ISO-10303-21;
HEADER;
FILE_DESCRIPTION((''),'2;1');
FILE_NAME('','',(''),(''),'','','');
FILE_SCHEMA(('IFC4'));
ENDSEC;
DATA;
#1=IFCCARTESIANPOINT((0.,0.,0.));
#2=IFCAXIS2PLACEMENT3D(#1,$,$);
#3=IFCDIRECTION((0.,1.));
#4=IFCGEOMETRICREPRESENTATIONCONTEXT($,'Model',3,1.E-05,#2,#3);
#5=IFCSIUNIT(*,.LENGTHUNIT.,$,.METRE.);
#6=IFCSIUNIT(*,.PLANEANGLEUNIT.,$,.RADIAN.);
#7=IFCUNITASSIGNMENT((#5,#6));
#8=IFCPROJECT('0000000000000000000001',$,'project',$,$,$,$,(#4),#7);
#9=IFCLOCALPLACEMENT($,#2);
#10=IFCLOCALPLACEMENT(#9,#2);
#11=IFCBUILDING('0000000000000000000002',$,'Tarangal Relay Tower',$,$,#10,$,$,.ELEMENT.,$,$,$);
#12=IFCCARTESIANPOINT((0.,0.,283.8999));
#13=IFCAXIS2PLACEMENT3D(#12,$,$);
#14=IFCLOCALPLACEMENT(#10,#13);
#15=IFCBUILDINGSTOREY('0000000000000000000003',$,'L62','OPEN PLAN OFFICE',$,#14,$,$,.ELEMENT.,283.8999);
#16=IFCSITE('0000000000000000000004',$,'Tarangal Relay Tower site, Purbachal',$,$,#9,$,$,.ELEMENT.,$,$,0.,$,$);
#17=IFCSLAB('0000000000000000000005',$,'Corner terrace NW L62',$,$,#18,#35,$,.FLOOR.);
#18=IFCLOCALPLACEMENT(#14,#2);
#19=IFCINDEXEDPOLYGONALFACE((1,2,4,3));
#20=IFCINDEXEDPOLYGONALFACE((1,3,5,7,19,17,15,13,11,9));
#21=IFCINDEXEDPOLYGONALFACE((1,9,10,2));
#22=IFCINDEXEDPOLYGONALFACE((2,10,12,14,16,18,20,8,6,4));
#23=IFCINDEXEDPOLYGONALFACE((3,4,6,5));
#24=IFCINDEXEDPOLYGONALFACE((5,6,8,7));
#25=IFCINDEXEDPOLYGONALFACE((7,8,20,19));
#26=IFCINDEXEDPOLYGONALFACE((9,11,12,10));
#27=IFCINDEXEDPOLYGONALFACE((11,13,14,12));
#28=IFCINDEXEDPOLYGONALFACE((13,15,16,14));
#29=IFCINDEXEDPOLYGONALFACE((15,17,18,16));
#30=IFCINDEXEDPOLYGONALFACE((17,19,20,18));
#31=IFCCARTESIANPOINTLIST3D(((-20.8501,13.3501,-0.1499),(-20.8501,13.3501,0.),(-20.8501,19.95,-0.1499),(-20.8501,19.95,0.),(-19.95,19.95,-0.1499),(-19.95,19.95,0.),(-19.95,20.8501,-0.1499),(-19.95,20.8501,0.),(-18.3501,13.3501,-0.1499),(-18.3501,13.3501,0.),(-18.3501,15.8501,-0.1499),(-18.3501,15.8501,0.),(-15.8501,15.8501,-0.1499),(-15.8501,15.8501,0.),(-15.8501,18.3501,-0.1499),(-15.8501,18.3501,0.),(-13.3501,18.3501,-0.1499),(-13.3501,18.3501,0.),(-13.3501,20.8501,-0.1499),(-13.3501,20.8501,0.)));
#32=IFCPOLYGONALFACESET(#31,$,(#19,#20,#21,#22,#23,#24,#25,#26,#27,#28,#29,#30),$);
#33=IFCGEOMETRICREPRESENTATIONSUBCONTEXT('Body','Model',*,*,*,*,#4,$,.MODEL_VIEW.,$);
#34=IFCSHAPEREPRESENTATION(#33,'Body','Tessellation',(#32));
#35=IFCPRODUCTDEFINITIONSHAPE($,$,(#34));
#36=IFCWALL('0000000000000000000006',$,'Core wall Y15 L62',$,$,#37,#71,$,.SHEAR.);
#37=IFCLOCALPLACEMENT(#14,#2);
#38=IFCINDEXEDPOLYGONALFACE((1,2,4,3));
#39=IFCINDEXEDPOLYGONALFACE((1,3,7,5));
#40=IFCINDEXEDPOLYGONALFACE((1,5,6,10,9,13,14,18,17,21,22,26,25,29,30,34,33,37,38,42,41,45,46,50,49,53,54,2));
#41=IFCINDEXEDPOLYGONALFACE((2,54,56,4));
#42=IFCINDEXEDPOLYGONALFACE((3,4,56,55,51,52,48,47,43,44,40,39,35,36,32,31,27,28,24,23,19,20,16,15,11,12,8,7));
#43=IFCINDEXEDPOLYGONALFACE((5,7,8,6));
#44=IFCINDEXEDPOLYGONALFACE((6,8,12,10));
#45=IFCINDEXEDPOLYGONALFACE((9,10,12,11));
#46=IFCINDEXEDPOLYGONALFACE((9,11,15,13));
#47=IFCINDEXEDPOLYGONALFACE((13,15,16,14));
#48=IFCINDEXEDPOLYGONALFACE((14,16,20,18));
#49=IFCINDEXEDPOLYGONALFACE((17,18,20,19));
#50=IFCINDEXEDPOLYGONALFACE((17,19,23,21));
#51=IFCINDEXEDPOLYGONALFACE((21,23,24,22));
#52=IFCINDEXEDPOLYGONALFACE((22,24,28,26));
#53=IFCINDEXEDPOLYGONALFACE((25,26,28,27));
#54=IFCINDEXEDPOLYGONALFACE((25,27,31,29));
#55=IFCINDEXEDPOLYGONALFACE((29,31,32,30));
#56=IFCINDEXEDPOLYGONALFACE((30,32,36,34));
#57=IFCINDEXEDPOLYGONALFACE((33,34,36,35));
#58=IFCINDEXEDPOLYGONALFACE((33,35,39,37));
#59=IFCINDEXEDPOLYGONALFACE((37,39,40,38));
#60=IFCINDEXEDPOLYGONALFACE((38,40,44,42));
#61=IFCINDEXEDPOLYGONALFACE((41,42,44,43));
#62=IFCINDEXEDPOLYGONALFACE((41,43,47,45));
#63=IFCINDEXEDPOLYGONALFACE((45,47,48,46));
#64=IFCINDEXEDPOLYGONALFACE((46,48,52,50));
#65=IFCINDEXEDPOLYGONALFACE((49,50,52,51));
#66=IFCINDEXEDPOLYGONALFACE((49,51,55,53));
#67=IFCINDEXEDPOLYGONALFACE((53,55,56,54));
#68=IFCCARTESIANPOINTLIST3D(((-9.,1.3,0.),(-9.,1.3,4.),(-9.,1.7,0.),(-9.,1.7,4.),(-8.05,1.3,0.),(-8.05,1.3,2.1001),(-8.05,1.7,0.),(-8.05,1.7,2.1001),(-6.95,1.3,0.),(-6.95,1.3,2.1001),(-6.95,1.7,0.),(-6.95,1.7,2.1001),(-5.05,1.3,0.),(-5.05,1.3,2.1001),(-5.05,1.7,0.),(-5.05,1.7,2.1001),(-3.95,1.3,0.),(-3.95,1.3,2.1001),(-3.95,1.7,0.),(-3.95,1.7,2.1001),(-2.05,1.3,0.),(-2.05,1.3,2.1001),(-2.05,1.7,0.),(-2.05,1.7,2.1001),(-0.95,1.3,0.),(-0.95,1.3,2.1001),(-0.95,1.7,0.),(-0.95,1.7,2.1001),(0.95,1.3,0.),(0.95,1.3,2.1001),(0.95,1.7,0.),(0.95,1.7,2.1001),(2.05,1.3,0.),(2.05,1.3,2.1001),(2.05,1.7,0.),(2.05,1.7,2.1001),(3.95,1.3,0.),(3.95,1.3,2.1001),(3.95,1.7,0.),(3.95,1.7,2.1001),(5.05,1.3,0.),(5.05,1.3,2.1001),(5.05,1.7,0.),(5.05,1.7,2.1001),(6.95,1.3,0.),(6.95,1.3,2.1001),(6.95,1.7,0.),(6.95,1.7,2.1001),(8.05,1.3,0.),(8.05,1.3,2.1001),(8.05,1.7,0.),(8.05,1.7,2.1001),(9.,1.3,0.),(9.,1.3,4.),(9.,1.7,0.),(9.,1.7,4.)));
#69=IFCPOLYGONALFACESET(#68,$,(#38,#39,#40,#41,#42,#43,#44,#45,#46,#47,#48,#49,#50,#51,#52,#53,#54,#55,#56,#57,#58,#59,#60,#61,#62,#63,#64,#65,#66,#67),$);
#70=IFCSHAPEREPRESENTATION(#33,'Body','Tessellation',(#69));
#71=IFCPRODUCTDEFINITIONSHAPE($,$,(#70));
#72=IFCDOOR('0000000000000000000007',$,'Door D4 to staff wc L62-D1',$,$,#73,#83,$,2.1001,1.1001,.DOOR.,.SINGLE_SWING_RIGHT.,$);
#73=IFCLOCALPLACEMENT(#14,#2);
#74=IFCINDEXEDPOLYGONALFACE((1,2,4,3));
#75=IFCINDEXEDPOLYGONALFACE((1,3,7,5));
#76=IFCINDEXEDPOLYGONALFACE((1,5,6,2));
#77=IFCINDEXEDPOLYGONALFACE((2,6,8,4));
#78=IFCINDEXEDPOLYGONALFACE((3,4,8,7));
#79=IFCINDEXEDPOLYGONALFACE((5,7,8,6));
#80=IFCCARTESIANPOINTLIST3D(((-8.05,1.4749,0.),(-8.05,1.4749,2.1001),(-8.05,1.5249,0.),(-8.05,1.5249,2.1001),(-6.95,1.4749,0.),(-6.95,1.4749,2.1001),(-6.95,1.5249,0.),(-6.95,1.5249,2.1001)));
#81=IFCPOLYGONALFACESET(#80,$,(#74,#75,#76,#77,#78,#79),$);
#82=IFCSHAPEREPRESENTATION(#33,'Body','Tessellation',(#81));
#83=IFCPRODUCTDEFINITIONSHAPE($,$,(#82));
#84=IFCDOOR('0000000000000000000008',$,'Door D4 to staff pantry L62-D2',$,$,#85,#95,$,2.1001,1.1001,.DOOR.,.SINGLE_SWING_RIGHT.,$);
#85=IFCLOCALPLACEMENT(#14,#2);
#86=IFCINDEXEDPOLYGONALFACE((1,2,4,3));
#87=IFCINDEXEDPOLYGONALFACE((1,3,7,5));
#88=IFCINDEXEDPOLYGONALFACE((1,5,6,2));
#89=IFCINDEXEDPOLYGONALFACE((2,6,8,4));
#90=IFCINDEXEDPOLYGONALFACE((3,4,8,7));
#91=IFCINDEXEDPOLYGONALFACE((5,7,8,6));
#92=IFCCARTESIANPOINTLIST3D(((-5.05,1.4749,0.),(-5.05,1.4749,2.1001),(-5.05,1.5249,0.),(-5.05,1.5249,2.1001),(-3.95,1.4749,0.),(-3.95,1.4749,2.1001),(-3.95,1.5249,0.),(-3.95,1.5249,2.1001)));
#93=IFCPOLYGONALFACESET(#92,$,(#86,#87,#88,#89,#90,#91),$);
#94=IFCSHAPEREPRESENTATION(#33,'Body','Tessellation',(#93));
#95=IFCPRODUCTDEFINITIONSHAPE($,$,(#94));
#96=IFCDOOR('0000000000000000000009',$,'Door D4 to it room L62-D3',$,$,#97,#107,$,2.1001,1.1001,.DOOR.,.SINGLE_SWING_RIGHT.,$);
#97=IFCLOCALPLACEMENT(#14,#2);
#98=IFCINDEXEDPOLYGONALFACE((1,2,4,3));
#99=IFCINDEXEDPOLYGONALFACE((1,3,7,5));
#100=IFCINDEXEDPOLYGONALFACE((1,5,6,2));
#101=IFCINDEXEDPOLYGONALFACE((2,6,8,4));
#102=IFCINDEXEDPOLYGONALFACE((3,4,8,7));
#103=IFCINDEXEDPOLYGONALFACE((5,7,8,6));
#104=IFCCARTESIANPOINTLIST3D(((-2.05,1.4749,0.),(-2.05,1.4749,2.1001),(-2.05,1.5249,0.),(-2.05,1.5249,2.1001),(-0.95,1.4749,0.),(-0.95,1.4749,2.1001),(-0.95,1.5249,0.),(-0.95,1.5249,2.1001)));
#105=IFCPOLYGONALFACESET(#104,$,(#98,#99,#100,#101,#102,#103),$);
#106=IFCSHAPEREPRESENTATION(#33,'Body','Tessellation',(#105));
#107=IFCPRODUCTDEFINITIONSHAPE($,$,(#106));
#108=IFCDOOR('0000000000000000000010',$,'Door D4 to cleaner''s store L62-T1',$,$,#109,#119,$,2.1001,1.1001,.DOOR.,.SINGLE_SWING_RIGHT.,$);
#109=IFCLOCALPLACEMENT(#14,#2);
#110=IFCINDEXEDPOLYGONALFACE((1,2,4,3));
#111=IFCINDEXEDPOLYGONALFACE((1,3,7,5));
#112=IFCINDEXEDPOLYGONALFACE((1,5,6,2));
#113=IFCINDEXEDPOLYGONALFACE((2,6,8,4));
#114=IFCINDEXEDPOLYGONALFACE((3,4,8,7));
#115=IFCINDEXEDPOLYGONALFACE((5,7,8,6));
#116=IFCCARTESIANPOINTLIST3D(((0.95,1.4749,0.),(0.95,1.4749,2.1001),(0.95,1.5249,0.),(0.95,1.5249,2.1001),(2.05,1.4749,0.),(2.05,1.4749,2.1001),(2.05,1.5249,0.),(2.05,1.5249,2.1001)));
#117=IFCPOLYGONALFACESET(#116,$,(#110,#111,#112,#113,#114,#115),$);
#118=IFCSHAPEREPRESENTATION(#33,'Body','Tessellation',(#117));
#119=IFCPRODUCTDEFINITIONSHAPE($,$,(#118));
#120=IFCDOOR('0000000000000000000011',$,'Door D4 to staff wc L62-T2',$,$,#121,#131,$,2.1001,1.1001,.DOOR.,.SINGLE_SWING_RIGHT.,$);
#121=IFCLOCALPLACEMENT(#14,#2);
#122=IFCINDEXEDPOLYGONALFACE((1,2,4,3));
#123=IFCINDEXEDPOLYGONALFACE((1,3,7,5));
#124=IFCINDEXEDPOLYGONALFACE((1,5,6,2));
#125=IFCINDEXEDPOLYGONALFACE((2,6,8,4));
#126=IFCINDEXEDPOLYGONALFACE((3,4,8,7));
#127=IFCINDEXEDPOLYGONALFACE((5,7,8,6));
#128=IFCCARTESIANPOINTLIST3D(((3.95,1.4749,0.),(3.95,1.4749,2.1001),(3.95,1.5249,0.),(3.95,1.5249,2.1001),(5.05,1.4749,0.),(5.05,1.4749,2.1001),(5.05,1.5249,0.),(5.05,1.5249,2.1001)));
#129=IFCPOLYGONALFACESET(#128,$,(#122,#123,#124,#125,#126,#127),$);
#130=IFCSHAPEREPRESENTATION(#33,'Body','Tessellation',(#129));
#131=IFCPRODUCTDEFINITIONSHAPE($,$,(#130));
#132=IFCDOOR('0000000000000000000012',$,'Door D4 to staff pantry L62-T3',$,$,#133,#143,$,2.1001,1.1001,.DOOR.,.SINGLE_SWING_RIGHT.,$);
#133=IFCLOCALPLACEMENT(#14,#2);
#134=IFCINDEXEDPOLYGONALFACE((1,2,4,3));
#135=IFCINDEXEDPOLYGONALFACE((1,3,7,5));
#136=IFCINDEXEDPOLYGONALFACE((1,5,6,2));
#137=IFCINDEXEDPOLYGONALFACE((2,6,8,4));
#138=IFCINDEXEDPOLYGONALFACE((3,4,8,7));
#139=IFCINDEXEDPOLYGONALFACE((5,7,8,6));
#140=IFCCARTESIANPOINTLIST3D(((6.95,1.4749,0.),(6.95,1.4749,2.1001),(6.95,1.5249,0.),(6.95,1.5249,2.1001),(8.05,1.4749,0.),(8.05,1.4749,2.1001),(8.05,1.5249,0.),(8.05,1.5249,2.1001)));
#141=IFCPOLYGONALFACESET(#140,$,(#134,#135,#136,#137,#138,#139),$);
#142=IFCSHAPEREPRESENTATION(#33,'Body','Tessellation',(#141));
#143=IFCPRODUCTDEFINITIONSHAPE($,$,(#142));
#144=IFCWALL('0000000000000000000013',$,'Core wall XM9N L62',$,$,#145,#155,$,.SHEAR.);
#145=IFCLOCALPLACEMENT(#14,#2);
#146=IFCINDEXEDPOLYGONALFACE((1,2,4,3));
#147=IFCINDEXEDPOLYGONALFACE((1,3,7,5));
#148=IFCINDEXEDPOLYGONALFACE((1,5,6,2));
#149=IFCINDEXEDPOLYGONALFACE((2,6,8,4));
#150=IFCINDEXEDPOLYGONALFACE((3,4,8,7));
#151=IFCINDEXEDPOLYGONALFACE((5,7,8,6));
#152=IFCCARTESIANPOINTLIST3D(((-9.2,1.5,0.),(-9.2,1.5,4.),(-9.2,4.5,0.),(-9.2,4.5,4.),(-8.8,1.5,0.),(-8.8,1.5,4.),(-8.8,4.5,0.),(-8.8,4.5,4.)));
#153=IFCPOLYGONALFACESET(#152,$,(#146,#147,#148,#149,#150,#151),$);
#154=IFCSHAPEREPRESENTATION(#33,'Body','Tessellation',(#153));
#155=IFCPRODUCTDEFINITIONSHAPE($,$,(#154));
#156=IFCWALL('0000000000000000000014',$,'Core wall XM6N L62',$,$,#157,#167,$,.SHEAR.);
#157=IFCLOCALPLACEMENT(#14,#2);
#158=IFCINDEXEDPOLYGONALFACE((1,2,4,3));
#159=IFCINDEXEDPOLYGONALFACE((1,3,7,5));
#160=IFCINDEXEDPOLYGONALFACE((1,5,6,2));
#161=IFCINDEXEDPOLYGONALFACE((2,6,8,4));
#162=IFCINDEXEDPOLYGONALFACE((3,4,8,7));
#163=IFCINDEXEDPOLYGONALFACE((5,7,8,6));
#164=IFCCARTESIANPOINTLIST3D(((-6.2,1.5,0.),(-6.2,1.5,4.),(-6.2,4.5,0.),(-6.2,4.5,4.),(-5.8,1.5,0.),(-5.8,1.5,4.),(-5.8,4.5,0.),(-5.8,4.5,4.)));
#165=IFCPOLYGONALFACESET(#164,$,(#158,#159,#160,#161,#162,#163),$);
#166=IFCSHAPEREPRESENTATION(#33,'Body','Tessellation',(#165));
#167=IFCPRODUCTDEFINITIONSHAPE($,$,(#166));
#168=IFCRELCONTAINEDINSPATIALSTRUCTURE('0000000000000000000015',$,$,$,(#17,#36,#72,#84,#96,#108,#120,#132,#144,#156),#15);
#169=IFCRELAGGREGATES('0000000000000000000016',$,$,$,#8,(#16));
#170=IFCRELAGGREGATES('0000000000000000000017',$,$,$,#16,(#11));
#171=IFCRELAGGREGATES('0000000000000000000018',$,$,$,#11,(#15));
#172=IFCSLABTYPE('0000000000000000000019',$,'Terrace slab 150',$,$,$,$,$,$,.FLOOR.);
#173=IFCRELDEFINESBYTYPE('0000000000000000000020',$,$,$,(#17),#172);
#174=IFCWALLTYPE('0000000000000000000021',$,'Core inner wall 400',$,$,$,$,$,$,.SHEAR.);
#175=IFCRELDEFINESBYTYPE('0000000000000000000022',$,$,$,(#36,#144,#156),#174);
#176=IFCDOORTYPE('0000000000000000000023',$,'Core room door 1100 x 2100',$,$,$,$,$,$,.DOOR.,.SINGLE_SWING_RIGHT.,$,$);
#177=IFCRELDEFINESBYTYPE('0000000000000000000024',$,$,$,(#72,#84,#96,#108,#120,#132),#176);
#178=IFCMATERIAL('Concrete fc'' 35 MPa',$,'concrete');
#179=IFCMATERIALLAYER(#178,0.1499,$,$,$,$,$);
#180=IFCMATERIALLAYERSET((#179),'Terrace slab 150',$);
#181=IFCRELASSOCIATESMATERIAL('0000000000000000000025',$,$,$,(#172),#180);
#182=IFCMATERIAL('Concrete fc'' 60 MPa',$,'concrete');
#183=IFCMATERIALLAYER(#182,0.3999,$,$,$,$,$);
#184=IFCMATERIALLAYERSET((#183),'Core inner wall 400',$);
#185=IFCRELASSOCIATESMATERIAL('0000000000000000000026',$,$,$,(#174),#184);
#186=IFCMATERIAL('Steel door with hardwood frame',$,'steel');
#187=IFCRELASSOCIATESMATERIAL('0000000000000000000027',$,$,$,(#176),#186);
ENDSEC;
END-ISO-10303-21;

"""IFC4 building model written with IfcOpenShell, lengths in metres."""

from ifc_helpers import new_model, si_unit, direction, frame, frame_2d, origin, place, context, subcontext, project, spatial, polyline, rectangle, outline, extrude, material, layer, layer_set, type_object, element, fill, save


model = new_model("IFC4")

# Units and contexts
model_context = context("Model", 3, precision=1e-05, world=origin(), true_north=direction((0.0, 1.0)))
body_context = subcontext(model_context, "Body", "Model", "MODEL_VIEW")
ifc_project = project(units=[si_unit("LENGTHUNIT", "METRE"), si_unit("PLANEANGLEUNIT", "RADIAN")], contexts=[model_context])

# Site, building, storey
site_placement = place(None, origin())
site = spatial("IfcSite", under=ifc_project, at=site_placement, Name="Tarangal Relay Tower site, Purbachal", CompositionType="ELEMENT", RefElevation=0.0)
building_placement = place(site_placement, origin())
building = spatial("IfcBuilding", under=site, at=building_placement, Name="Tarangal Relay Tower", CompositionType="ELEMENT")
storey_placement = place(building_placement, frame((0.0, 0.0, 283.8999)))
storey = spatial("IfcBuildingStorey", under=building, at=storey_placement, Name="L62", Description="OPEN PLAN OFFICE", CompositionType="ELEMENT", Elevation=283.8999)

# Slab
ifc_material_1 = material(Name="Concrete fc' 35 MPa", Category="concrete")
ifc_layer_1 = layer(ifc_material_1, 0.1499)
ifc_layer_set_1 = layer_set([ifc_layer_1], Name="Terrace slab 150")
slab_type_1 = type_object("IfcSlabType", Name="Terrace slab 150", PredefinedType="FLOOR", material=ifc_layer_set_1)
slab_1_placement = place(storey_placement, frame((0.0, 0.0, -0.1499)))
element("IfcSlab", 1, at=slab_1_placement, inside=storey, type_object=slab_type_1, Name="Corner terrace NW L62", PredefinedType="FLOOR", context=body_context, shape_type="SweptSolid", body=[
    extrude(outline(polyline([(-20.8501, 13.3501), (-18.3501, 13.3501), (-18.3501, 15.8501), (-15.8501, 15.8501), (-15.8501, 18.3501), (-13.3501, 18.3501), (-13.3501, 20.8501), (-19.95, 20.8501), (-19.95, 19.95), (-20.8501, 19.95), (-20.8501, 13.3501)])), origin(), (0.0, 0.0, 1.0), 0.1499),
])

# Wall, openings, doors
ifc_material_2 = material(Name="Concrete fc' 60 MPa", Category="concrete")
ifc_layer_2 = layer(ifc_material_2, 0.3999)
ifc_layer_set_2 = layer_set([ifc_layer_2], Name="Core inner wall 400")
wall_type = type_object("IfcWallType", Name="Core inner wall 400", PredefinedType="SHEAR", material=ifc_layer_set_2)
wall_placement = place(storey_placement, frame((-9.0, 1.5, 0.0), z_axis=(0.0, 0.0, 1.0), x_axis=(1.0, 0.0, 0.0)))
wall = element("IfcWall", 2, at=wall_placement, inside=storey, type_object=wall_type, Name="Core wall Y15 L62", PredefinedType="SHEAR", context=body_context, shape_type="SweptSolid", body=[
    extrude(rectangle(XDim=18.0, YDim=0.3999, at=frame_2d((9.0, 0.0))), origin(), (0.0, 0.0, 1.0), 4.0),
])
opening_1_placement = place(wall_placement, frame((0.95, 0.0, 0.0)))
opening_1 = element("IfcOpeningElement", 3, at=opening_1_placement, cuts=wall, PredefinedType="OPENING", context=body_context, shape_type="SweptSolid", body=[
    extrude(rectangle(XDim=1.1001, YDim=2.1001, at=frame_2d((0.55, 1.05))), frame((0.0, 0.21, 0.0), z_axis=(0.0, -1.0, 0.0), x_axis=(1.0, 0.0, 0.0)), (0.0, 0.0, 1.0), 0.4199),
])
opening_2_placement = place(wall_placement, frame((3.95, 0.0, 0.0)))
opening_2 = element("IfcOpeningElement", 4, at=opening_2_placement, cuts=wall, PredefinedType="OPENING", context=body_context, shape_type="SweptSolid", body=[
    extrude(rectangle(XDim=1.1001, YDim=2.1001, at=frame_2d((0.55, 1.05))), frame((0.0, 0.21, 0.0), z_axis=(0.0, -1.0, 0.0), x_axis=(1.0, 0.0, 0.0)), (0.0, 0.0, 1.0), 0.4199),
])
opening_3_placement = place(wall_placement, frame((6.95, 0.0, 0.0)))
opening_3 = element("IfcOpeningElement", 5, at=opening_3_placement, cuts=wall, PredefinedType="OPENING", context=body_context, shape_type="SweptSolid", body=[
    extrude(rectangle(XDim=1.1001, YDim=2.1001, at=frame_2d((0.55, 1.05))), frame((0.0, 0.21, 0.0), z_axis=(0.0, -1.0, 0.0), x_axis=(1.0, 0.0, 0.0)), (0.0, 0.0, 1.0), 0.4199),
])
opening_4_placement = place(wall_placement, frame((9.95, 0.0, 0.0)))
opening_4 = element("IfcOpeningElement", 6, at=opening_4_placement, cuts=wall, PredefinedType="OPENING", context=body_context, shape_type="SweptSolid", body=[
    extrude(rectangle(XDim=1.1001, YDim=2.1001, at=frame_2d((0.55, 1.05))), frame((0.0, 0.21, 0.0), z_axis=(0.0, -1.0, 0.0), x_axis=(1.0, 0.0, 0.0)), (0.0, 0.0, 1.0), 0.4199),
])
opening_5_placement = place(wall_placement, frame((12.95, 0.0, 0.0)))
opening_5 = element("IfcOpeningElement", 7, at=opening_5_placement, cuts=wall, PredefinedType="OPENING", context=body_context, shape_type="SweptSolid", body=[
    extrude(rectangle(XDim=1.1001, YDim=2.1001, at=frame_2d((0.55, 1.05))), frame((0.0, 0.21, 0.0), z_axis=(0.0, -1.0, 0.0), x_axis=(1.0, 0.0, 0.0)), (0.0, 0.0, 1.0), 0.4199),
])
opening_6_placement = place(wall_placement, frame((15.95, 0.0, 0.0)))
opening_6 = element("IfcOpeningElement", 8, at=opening_6_placement, cuts=wall, PredefinedType="OPENING", context=body_context, shape_type="SweptSolid", body=[
    extrude(rectangle(XDim=1.1001, YDim=2.1001, at=frame_2d((0.55, 1.05))), frame((0.0, 0.21, 0.0), z_axis=(0.0, -1.0, 0.0), x_axis=(1.0, 0.0, 0.0)), (0.0, 0.0, 1.0), 0.4199),
])
ifc_material_3 = material(Name="Steel door with hardwood frame", Category="steel")
door_type = type_object("IfcDoorType", Name="Core room door 1100 x 2100", OperationType="SINGLE_SWING_RIGHT", PredefinedType="DOOR", material=ifc_material_3)
door_1_placement = place(opening_1_placement, origin())
door_1 = element("IfcDoor", 9, at=door_1_placement, inside=storey, type_object=door_type, Name="Door D4 to staff wc L62-D1", OperationType="SINGLE_SWING_RIGHT", OverallHeight=2.1001, OverallWidth=1.1001, PredefinedType="DOOR", context=body_context, shape_type="SweptSolid", body=[
    extrude(rectangle(XDim=1.1001, YDim=2.1001, at=frame_2d((0.55, 1.05))), frame((0.0, 0.0249, 0.0), z_axis=(0.0, -1.0, 0.0), x_axis=(1.0, 0.0, 0.0)), (0.0, 0.0, 1.0), 0.05),
])
fill(opening_1, door_1)
door_2_placement = place(opening_2_placement, origin())
door_2 = element("IfcDoor", 10, at=door_2_placement, inside=storey, type_object=door_type, Name="Door D4 to staff pantry L62-D2", OperationType="SINGLE_SWING_RIGHT", OverallHeight=2.1001, OverallWidth=1.1001, PredefinedType="DOOR", context=body_context, shape_type="SweptSolid", body=[
    extrude(rectangle(XDim=1.1001, YDim=2.1001, at=frame_2d((0.55, 1.05))), frame((0.0, 0.0249, 0.0), z_axis=(0.0, -1.0, 0.0), x_axis=(1.0, 0.0, 0.0)), (0.0, 0.0, 1.0), 0.05),
])
fill(opening_2, door_2)
door_3_placement = place(opening_3_placement, origin())
door_3 = element("IfcDoor", 11, at=door_3_placement, inside=storey, type_object=door_type, Name="Door D4 to it room L62-D3", OperationType="SINGLE_SWING_RIGHT", OverallHeight=2.1001, OverallWidth=1.1001, PredefinedType="DOOR", context=body_context, shape_type="SweptSolid", body=[
    extrude(rectangle(XDim=1.1001, YDim=2.1001, at=frame_2d((0.55, 1.05))), frame((0.0, 0.0249, 0.0), z_axis=(0.0, -1.0, 0.0), x_axis=(1.0, 0.0, 0.0)), (0.0, 0.0, 1.0), 0.05),
])
fill(opening_3, door_3)
door_4_placement = place(opening_4_placement, origin())
door_4 = element("IfcDoor", 12, at=door_4_placement, inside=storey, type_object=door_type, Name="Door D4 to cleaner's store L62-T1", OperationType="SINGLE_SWING_RIGHT", OverallHeight=2.1001, OverallWidth=1.1001, PredefinedType="DOOR", context=body_context, shape_type="SweptSolid", body=[
    extrude(rectangle(XDim=1.1001, YDim=2.1001, at=frame_2d((0.55, 1.05))), frame((0.0, 0.0249, 0.0), z_axis=(0.0, -1.0, 0.0), x_axis=(1.0, 0.0, 0.0)), (0.0, 0.0, 1.0), 0.05),
])
fill(opening_4, door_4)
door_5_placement = place(opening_5_placement, origin())
door_5 = element("IfcDoor", 13, at=door_5_placement, inside=storey, type_object=door_type, Name="Door D4 to staff wc L62-T2", OperationType="SINGLE_SWING_RIGHT", OverallHeight=2.1001, OverallWidth=1.1001, PredefinedType="DOOR", context=body_context, shape_type="SweptSolid", body=[
    extrude(rectangle(XDim=1.1001, YDim=2.1001, at=frame_2d((0.55, 1.05))), frame((0.0, 0.0249, 0.0), z_axis=(0.0, -1.0, 0.0), x_axis=(1.0, 0.0, 0.0)), (0.0, 0.0, 1.0), 0.05),
])
fill(opening_5, door_5)
door_6_placement = place(opening_6_placement, origin())
door_6 = element("IfcDoor", 14, at=door_6_placement, inside=storey, type_object=door_type, Name="Door D4 to staff pantry L62-T3", OperationType="SINGLE_SWING_RIGHT", OverallHeight=2.1001, OverallWidth=1.1001, PredefinedType="DOOR", context=body_context, shape_type="SweptSolid", body=[
    extrude(rectangle(XDim=1.1001, YDim=2.1001, at=frame_2d((0.55, 1.05))), frame((0.0, 0.0249, 0.0), z_axis=(0.0, -1.0, 0.0), x_axis=(1.0, 0.0, 0.0)), (0.0, 0.0, 1.0), 0.05),
])
fill(opening_6, door_6)

# Walls
for number, where, z_axis, x_axis, name in (
    (15, (-9.0, 1.5, 0.0), (0.0, 0.0, 1.0), (0.0, 1.0, 0.0), "Core wall XM9N L62"),
    (16, (-6.0, 1.5, 0.0), (0.0, 0.0, 1.0), (0.0, 1.0, 0.0), "Core wall XM6N L62"),
):
    element("IfcWall", number, at=place(storey_placement, frame(where, z_axis=z_axis, x_axis=x_axis)), inside=storey, type_object=wall_type, Name=name, PredefinedType="SHEAR", context=body_context, shape_type="SweptSolid", body=[
        extrude(rectangle(XDim=3.0, YDim=0.3999, at=frame_2d((1.5, 0.0))), origin(), (0.0, 0.0, 1.0), 4.0),
    ])

save(model, "model.ifc")
